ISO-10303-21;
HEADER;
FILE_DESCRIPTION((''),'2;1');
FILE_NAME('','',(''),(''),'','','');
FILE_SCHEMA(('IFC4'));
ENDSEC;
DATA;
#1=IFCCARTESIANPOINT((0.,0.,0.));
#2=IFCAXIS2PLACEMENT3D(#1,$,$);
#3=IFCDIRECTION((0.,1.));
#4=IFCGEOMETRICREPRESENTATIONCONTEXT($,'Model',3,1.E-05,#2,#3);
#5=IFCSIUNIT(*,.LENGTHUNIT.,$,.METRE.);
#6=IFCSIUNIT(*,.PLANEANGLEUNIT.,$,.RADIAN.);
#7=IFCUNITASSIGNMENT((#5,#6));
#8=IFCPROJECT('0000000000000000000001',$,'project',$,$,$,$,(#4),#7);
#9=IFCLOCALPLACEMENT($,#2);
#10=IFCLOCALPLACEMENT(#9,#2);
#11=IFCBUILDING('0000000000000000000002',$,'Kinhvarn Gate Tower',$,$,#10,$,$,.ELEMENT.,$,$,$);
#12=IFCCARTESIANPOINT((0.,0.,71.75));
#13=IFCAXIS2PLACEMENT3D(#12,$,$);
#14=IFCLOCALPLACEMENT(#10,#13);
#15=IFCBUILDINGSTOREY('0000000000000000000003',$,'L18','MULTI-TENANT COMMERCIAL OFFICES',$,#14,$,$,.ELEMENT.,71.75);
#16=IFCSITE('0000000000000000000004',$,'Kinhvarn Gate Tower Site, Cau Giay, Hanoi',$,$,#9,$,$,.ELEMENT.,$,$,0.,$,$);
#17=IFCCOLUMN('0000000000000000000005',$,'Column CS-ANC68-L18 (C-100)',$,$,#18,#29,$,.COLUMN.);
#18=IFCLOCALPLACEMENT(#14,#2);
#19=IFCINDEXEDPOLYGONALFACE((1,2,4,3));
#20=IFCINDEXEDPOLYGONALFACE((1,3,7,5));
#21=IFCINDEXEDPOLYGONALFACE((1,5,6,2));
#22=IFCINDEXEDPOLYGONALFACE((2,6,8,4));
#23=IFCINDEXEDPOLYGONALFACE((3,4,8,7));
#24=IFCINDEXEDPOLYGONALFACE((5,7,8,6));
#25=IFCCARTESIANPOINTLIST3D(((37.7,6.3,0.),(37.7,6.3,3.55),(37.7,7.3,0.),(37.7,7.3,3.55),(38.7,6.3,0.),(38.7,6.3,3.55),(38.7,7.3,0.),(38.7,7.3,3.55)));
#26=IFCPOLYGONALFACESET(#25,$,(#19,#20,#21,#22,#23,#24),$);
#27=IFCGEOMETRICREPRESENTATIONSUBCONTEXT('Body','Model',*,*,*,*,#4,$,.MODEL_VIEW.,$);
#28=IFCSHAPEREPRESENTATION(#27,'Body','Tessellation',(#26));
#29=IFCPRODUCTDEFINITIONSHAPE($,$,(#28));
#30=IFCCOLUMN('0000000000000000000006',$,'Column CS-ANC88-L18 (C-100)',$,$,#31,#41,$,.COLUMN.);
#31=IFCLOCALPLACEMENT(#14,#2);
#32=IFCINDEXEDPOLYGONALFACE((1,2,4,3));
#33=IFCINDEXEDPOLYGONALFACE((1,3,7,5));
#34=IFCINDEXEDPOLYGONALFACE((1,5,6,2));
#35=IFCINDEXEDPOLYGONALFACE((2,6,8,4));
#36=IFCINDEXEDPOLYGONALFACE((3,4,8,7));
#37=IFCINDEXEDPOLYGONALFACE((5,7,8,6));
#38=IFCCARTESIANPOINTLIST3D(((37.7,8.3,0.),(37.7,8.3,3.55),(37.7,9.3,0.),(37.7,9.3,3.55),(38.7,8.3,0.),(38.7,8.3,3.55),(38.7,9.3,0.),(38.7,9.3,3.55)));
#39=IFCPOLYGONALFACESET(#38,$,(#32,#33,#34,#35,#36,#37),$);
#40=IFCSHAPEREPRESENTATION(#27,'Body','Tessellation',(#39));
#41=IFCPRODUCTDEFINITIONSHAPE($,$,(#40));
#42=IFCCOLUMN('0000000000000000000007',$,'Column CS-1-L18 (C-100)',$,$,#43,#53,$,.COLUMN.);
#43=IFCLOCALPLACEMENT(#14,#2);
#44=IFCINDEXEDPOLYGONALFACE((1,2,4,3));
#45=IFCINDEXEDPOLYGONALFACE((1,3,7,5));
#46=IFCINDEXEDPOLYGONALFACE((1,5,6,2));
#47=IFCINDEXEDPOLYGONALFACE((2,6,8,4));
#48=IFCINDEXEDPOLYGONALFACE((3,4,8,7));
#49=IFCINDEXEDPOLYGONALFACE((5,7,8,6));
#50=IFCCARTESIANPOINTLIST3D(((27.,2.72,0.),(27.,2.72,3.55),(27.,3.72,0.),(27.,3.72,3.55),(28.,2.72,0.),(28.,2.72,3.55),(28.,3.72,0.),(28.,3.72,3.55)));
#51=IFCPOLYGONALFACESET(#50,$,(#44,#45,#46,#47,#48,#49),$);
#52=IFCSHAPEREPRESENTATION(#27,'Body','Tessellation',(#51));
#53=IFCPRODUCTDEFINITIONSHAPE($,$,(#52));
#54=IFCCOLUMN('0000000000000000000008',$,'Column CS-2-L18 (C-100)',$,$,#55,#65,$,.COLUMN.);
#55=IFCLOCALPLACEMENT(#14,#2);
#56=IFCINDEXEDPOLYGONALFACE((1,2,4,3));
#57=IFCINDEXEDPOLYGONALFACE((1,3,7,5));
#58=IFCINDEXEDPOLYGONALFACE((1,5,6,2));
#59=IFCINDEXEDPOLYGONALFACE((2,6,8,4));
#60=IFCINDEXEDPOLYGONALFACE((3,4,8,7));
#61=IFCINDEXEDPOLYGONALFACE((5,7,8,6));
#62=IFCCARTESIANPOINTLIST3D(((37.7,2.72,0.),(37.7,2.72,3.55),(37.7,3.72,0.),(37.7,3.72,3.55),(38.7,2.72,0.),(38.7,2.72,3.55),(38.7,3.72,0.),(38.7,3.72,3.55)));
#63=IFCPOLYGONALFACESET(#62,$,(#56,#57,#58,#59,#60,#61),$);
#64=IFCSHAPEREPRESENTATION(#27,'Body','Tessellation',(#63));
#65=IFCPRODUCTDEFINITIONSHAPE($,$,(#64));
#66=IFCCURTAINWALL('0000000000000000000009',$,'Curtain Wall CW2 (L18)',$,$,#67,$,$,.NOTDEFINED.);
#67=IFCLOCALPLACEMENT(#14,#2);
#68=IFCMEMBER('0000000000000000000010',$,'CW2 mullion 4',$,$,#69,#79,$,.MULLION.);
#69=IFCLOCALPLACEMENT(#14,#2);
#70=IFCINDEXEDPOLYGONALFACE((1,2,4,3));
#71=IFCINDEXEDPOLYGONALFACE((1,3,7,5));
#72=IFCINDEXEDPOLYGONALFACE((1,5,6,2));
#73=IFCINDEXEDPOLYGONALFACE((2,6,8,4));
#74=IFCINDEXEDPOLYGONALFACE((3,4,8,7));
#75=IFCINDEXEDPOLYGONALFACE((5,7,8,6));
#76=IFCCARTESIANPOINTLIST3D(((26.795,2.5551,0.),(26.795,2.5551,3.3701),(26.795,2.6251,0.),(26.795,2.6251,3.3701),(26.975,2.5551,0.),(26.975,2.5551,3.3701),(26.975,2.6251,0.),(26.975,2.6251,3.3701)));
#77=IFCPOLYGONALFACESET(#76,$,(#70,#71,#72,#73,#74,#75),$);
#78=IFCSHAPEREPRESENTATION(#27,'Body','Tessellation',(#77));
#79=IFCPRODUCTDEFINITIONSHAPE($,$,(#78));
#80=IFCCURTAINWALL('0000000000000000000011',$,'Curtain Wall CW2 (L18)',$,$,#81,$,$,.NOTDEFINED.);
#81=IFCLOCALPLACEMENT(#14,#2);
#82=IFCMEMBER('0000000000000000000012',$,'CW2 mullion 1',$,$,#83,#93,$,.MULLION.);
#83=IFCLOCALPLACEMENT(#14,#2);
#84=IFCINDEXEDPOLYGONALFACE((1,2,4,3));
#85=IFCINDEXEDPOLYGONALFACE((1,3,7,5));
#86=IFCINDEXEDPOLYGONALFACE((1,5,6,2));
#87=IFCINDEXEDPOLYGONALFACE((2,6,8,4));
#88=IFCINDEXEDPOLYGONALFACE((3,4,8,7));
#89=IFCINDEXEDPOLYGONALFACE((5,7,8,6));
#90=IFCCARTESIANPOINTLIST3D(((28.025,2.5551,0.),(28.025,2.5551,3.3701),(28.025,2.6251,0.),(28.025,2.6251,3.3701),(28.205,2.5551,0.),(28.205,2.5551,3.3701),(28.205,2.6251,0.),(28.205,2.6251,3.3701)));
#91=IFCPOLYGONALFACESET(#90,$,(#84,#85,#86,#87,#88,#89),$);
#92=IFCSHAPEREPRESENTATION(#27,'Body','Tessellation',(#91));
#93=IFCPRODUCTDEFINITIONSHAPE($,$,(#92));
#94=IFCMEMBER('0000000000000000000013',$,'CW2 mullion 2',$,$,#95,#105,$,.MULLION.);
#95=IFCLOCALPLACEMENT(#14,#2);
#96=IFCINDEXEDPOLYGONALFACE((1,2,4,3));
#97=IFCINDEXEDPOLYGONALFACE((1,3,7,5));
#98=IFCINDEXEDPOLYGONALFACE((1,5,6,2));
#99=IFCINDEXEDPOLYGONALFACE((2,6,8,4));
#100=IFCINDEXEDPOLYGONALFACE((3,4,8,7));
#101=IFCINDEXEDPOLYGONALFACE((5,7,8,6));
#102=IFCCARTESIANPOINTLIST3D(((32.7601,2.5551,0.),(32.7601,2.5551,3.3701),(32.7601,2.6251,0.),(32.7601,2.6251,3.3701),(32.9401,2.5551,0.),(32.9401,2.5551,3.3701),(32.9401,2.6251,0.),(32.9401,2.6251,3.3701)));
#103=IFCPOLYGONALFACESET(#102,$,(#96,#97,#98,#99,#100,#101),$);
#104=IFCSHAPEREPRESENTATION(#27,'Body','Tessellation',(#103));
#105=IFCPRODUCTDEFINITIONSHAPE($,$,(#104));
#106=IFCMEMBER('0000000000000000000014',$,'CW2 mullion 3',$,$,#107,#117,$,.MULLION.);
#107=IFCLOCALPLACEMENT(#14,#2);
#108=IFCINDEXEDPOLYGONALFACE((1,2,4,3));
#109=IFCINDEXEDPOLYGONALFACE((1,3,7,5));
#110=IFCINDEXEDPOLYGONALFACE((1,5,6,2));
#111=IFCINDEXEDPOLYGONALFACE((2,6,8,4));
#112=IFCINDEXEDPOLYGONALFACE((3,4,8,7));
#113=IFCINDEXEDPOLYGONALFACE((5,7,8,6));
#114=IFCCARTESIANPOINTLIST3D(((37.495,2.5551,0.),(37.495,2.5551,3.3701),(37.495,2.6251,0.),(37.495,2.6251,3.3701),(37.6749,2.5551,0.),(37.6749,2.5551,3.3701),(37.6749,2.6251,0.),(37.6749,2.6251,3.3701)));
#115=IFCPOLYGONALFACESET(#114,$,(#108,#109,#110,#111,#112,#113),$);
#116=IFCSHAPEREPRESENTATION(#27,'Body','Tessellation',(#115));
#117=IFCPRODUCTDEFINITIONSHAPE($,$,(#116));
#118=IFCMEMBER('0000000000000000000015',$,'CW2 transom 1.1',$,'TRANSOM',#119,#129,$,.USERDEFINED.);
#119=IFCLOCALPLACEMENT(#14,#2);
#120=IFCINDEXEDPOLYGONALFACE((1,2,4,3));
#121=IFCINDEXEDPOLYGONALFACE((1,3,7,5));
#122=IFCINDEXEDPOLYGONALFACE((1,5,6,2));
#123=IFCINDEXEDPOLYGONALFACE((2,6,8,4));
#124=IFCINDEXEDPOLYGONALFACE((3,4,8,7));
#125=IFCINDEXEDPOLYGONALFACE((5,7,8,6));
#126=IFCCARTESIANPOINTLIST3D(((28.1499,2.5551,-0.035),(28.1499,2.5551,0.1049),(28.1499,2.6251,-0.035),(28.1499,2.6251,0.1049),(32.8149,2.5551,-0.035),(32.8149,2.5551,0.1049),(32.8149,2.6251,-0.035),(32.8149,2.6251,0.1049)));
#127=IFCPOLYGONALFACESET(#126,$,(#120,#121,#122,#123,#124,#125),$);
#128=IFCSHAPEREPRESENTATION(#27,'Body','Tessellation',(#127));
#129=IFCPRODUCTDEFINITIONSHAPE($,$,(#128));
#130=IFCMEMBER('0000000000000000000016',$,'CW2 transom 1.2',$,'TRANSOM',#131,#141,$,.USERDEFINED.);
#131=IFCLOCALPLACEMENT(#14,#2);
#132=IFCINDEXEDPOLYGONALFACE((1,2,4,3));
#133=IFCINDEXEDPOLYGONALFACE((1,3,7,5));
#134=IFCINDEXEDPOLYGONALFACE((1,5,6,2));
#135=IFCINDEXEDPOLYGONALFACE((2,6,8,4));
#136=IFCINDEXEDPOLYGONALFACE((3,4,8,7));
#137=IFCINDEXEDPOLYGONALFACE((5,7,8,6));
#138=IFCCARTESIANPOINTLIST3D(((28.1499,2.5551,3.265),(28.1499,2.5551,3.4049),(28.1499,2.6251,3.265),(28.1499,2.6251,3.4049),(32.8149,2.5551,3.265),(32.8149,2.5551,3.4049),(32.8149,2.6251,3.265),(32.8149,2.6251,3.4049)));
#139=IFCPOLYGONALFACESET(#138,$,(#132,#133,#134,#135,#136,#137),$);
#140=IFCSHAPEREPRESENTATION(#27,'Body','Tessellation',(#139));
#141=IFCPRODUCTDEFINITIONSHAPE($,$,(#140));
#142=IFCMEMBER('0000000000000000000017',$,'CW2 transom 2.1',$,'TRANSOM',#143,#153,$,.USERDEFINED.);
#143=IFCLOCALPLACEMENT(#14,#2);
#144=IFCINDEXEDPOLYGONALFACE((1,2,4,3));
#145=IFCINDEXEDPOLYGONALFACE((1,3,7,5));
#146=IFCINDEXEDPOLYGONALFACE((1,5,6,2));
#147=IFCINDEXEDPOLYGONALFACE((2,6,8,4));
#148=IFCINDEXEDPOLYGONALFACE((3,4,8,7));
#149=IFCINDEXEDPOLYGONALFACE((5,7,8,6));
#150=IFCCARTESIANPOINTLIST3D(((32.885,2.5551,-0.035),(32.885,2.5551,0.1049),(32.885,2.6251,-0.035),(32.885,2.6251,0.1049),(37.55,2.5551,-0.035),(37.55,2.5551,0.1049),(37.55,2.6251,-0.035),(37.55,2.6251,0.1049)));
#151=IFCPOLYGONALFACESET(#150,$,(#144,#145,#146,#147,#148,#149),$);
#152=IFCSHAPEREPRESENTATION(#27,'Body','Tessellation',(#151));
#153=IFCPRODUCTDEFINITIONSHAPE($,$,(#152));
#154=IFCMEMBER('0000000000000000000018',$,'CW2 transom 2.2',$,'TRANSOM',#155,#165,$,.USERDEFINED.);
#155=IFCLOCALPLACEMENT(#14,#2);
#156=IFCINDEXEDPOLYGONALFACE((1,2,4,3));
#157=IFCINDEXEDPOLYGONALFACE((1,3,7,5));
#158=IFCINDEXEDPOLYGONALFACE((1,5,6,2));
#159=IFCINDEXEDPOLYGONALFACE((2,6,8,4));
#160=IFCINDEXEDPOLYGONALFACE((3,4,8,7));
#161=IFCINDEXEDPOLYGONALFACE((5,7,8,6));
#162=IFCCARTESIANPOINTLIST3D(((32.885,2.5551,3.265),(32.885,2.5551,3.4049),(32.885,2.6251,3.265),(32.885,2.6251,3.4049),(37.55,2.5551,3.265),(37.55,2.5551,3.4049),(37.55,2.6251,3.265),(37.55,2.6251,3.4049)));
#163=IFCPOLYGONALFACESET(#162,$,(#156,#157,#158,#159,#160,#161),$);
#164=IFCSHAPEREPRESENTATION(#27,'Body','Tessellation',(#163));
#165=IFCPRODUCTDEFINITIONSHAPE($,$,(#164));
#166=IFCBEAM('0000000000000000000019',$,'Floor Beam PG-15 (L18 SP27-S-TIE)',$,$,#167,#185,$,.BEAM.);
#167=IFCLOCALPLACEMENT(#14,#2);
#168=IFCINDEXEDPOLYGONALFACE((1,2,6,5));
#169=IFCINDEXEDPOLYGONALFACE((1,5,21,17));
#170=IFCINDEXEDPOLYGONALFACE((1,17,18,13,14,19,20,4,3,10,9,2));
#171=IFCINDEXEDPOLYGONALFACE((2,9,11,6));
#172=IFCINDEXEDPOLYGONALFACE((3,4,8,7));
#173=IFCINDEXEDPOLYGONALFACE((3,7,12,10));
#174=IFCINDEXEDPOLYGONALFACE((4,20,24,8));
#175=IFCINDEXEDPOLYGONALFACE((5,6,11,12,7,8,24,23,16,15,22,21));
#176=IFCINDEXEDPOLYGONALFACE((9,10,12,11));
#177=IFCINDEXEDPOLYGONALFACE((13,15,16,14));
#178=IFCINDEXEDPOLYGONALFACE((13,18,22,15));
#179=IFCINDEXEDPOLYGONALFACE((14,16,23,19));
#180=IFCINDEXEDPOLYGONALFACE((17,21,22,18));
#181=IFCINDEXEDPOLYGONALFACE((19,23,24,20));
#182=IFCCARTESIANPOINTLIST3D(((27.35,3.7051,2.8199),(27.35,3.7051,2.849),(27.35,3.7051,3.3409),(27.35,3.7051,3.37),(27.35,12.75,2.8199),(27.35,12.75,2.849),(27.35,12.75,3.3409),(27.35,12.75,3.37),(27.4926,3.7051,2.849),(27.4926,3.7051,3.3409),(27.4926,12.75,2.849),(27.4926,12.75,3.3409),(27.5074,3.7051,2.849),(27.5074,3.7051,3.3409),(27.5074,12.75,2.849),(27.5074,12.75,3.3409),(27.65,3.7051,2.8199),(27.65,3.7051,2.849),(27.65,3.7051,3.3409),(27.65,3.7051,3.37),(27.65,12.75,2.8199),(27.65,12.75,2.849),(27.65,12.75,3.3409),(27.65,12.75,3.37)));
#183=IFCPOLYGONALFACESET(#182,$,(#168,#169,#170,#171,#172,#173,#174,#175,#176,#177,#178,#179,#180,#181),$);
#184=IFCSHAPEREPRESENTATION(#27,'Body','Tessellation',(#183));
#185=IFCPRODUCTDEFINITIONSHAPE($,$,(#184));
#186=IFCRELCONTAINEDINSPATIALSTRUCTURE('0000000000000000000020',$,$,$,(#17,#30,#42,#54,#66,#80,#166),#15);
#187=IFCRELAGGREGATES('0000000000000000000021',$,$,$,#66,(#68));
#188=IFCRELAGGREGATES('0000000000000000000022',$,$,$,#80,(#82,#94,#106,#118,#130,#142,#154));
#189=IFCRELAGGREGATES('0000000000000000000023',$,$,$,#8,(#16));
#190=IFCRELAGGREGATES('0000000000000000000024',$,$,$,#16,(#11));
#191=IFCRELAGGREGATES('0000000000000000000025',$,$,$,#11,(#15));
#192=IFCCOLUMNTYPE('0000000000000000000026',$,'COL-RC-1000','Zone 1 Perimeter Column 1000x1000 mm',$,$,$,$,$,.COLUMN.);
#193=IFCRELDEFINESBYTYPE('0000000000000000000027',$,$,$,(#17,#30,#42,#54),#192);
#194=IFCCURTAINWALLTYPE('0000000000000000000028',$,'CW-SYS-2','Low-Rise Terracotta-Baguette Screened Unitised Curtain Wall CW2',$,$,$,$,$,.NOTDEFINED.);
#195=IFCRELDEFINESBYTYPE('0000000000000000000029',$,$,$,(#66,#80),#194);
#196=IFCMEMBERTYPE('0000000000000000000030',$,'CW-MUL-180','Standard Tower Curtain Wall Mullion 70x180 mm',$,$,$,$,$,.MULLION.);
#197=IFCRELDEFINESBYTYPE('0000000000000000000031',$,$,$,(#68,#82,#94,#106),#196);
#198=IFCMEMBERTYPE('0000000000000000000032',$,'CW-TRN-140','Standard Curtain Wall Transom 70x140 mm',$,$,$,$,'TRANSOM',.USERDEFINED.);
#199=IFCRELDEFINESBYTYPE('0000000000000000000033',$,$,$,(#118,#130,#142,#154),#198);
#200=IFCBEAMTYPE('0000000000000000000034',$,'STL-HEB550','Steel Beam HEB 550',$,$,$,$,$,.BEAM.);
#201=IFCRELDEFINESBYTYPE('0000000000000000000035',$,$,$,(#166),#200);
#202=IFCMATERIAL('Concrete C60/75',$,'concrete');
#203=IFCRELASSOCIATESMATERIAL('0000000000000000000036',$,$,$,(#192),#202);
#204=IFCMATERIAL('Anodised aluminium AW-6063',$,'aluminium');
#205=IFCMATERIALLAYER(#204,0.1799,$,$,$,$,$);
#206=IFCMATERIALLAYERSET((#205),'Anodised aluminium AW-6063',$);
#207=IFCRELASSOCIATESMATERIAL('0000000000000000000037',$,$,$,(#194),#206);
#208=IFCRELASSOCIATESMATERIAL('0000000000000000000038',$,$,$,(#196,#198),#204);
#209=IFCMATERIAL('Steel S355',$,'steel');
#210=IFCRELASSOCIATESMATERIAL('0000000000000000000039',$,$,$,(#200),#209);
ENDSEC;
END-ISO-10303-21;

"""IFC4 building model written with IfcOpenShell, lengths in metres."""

from ifc_helpers import new_model, si_unit, direction, frame, origin, origin_2d, place, context, subcontext, project, spatial, rectangle, i_section, extrude, material, layer, layer_set, material_profile, profile_set, type_object, element, aggregate, save


model = new_model("IFC4")

# Units and contexts
model_context = context("Model", 3, precision=1e-05, world=origin(), true_north=direction((0.0, 1.0)))
body_context = subcontext(model_context, "Body", "Model", "MODEL_VIEW")
ifc_project = project(units=[si_unit("LENGTHUNIT", "METRE"), si_unit("PLANEANGLEUNIT", "RADIAN")], contexts=[model_context])

# Site, building, storey
site_placement = place(None, origin())
site = spatial("IfcSite", under=ifc_project, at=site_placement, Name="Kinhvarn Gate Tower Site, Cau Giay, Hanoi", CompositionType="ELEMENT", RefElevation=0.0)
building_placement = place(site_placement, origin())
building = spatial("IfcBuilding", under=site, at=building_placement, Name="Kinhvarn Gate Tower", CompositionType="ELEMENT")
storey_placement = place(building_placement, frame((0.0, 0.0, 71.75)))
storey = spatial("IfcBuildingStorey", under=building, at=storey_placement, Name="L18", Description="MULTI-TENANT COMMERCIAL OFFICES", CompositionType="ELEMENT", Elevation=71.75)

# Columns
ifc_material_1 = material(Name="Concrete C60/75", Category="concrete")
ifc_material_profile_1 = material_profile(ifc_material_1, rectangle(XDim=1.0, YDim=1.0, at=origin_2d()), Name="RC 1000x1000")
ifc_profile_set_1 = profile_set([ifc_material_profile_1], Name="Concrete C60/75")
column_type = type_object("IfcColumnType", Name="COL-RC-1000", Description="Zone 1 Perimeter Column 1000x1000 mm", PredefinedType="COLUMN", material=ifc_profile_set_1)
for number, where, z_axis, x_axis, name in (
    (1, (38.2, 6.8, 0.0), (0.0, 0.0, 1.0), (1.0, 0.0, 0.0), "Column CS-ANC68-L18 (C-100)"),
    (2, (38.2, 8.8, 0.0), (0.0, 0.0, 1.0), (1.0, 0.0, 0.0), "Column CS-ANC88-L18 (C-100)"),
    (3, (27.5, 3.22, 0.0), (0.0, 0.0, 1.0), (1.0, 0.0, 0.0), "Column CS-1-L18 (C-100)"),
    (4, (38.2, 3.22, 0.0), (0.0, 0.0, 1.0), (1.0, 0.0, 0.0), "Column CS-2-L18 (C-100)"),
):
    element("IfcColumn", number, at=place(storey_placement, frame(where, z_axis=z_axis, x_axis=x_axis)), inside=storey, type_object=column_type, Name=name, PredefinedType="COLUMN", context=body_context, shape_type="SweptSolid", body=[
        extrude(rectangle(XDim=1.0, YDim=1.0, at=origin_2d()), origin(), (0.0, 0.0, 1.0), 3.55),
    ])

# Curtain wall, member
ifc_material_2 = material(Name="Anodised aluminium AW-6063", Category="aluminium")
ifc_layer_1 = layer(ifc_material_2, 0.1799)
ifc_layer_set_1 = layer_set([ifc_layer_1], Name="Anodised aluminium AW-6063")
curtain_wall_type = type_object("IfcCurtainWallType", Name="CW-SYS-2", Description="Low-Rise Terracotta-Baguette Screened Unitised Curtain Wall CW2", PredefinedType="NOTDEFINED", material=ifc_layer_set_1)
curtain_wall_1_placement = place(storey_placement, origin())
curtain_wall_1 = element("IfcCurtainWall", 5, at=curtain_wall_1_placement, inside=storey, type_object=curtain_wall_type, Name="Curtain Wall CW2 (L18)", PredefinedType="NOTDEFINED")
ifc_material_profile_2 = material_profile(ifc_material_2, rectangle(XDim=0.0701, YDim=0.1799, at=origin_2d()), Name="ALU 70x180")
ifc_profile_set_2 = profile_set([ifc_material_profile_2], Name="Anodised aluminium AW-6063")
member_type_1 = type_object("IfcMemberType", Name="CW-MUL-180", Description="Standard Tower Curtain Wall Mullion 70x180 mm", PredefinedType="MULLION", material=ifc_profile_set_2)
member_1_placement = place(storey_placement, frame((26.885, 2.5901, 0.0), z_axis=(0.0, 0.0, 1.0), x_axis=(0.0, 1.0, 0.0)))
member_1 = element("IfcMember", 6, at=member_1_placement, type_object=member_type_1, Name="CW2 mullion 4", PredefinedType="MULLION", context=body_context, shape_type="SweptSolid", body=[
    extrude(rectangle(XDim=0.0701, YDim=0.1799, at=origin_2d()), origin(), (0.0, 0.0, 1.0), 3.3701),
])
aggregate(curtain_wall_1, [member_1])

# Curtain wall, members
curtain_wall_2_placement = place(storey_placement, origin())
curtain_wall_2 = element("IfcCurtainWall", 7, at=curtain_wall_2_placement, inside=storey, type_object=curtain_wall_type, Name="Curtain Wall CW2 (L18)", PredefinedType="NOTDEFINED")
member_2_placement = place(storey_placement, frame((28.115, 2.5901, 0.0), z_axis=(0.0, 0.0, 1.0), x_axis=(0.0, 1.0, 0.0)))
member_2 = element("IfcMember", 8, at=member_2_placement, type_object=member_type_1, Name="CW2 mullion 1", PredefinedType="MULLION", context=body_context, shape_type="SweptSolid", body=[
    extrude(rectangle(XDim=0.0701, YDim=0.1799, at=origin_2d()), origin(), (0.0, 0.0, 1.0), 3.3701),
])
member_3_placement = place(storey_placement, frame((32.8501, 2.5901, 0.0), z_axis=(0.0, 0.0, 1.0), x_axis=(0.0, 1.0, 0.0)))
member_3 = element("IfcMember", 9, at=member_3_placement, type_object=member_type_1, Name="CW2 mullion 2", PredefinedType="MULLION", context=body_context, shape_type="SweptSolid", body=[
    extrude(rectangle(XDim=0.0701, YDim=0.1799, at=origin_2d()), origin(), (0.0, 0.0, 1.0), 3.3701),
])
member_4_placement = place(storey_placement, frame((37.585, 2.5901, 0.0), z_axis=(0.0, 0.0, 1.0), x_axis=(0.0, 1.0, 0.0)))
member_4 = element("IfcMember", 10, at=member_4_placement, type_object=member_type_1, Name="CW2 mullion 3", PredefinedType="MULLION", context=body_context, shape_type="SweptSolid", body=[
    extrude(rectangle(XDim=0.0701, YDim=0.1799, at=origin_2d()), origin(), (0.0, 0.0, 1.0), 3.3701),
])
ifc_material_profile_3 = material_profile(ifc_material_2, rectangle(XDim=0.0701, YDim=0.1399, at=origin_2d()), Name="ALU 70x140")
ifc_profile_set_3 = profile_set([ifc_material_profile_3], Name="Anodised aluminium AW-6063")
member_type_2 = type_object("IfcMemberType", Name="CW-TRN-140", Description="Standard Curtain Wall Transom 70x140 mm", ElementType="TRANSOM", PredefinedType="USERDEFINED", material=ifc_profile_set_3)
member_5_placement = place(storey_placement, frame((28.1499, 2.5901, 0.0349), z_axis=(1.0, 0.0, 0.0), x_axis=(0.0, 1.0, 0.0)))
member_5 = element("IfcMember", 11, at=member_5_placement, type_object=member_type_2, Name="CW2 transom 1.1", ObjectType="TRANSOM", PredefinedType="USERDEFINED", context=body_context, shape_type="SweptSolid", body=[
    extrude(rectangle(XDim=0.0701, YDim=0.1399, at=origin_2d()), origin(), (0.0, 0.0, 1.0), 4.665),
])
member_6_placement = place(storey_placement, frame((28.1499, 2.5901, 3.335), z_axis=(1.0, 0.0, 0.0), x_axis=(0.0, 1.0, 0.0)))
member_6 = element("IfcMember", 12, at=member_6_placement, type_object=member_type_2, Name="CW2 transom 1.2", ObjectType="TRANSOM", PredefinedType="USERDEFINED", context=body_context, shape_type="SweptSolid", body=[
    extrude(rectangle(XDim=0.0701, YDim=0.1399, at=origin_2d()), origin(), (0.0, 0.0, 1.0), 4.665),
])
member_7_placement = place(storey_placement, frame((32.885, 2.5901, 0.0349), z_axis=(1.0, 0.0, 0.0), x_axis=(0.0, 1.0, 0.0)))
member_7 = element("IfcMember", 13, at=member_7_placement, type_object=member_type_2, Name="CW2 transom 2.1", ObjectType="TRANSOM", PredefinedType="USERDEFINED", context=body_context, shape_type="SweptSolid", body=[
    extrude(rectangle(XDim=0.0701, YDim=0.1399, at=origin_2d()), origin(), (0.0, 0.0, 1.0), 4.665),
])
member_8_placement = place(storey_placement, frame((32.885, 2.5901, 3.335), z_axis=(1.0, 0.0, 0.0), x_axis=(0.0, 1.0, 0.0)))
member_8 = element("IfcMember", 14, at=member_8_placement, type_object=member_type_2, Name="CW2 transom 2.2", ObjectType="TRANSOM", PredefinedType="USERDEFINED", context=body_context, shape_type="SweptSolid", body=[
    extrude(rectangle(XDim=0.0701, YDim=0.1399, at=origin_2d()), origin(), (0.0, 0.0, 1.0), 4.665),
])

# Beam
ifc_material_3 = material(Name="Steel S355", Category="steel")
ifc_material_profile_4 = material_profile(ifc_material_3, i_section(OverallWidth=0.3, OverallDepth=0.55, WebThickness=0.0149, FlangeThickness=0.0291, at=origin_2d()), Name="HEB 550")
ifc_profile_set_4 = profile_set([ifc_material_profile_4], Name="Steel S355")
beam_type_1 = type_object("IfcBeamType", Name="STL-HEB550", Description="Steel Beam HEB 550", PredefinedType="BEAM", material=ifc_profile_set_4)
beam_1_placement = place(storey_placement, frame((27.5, 3.7051, 3.095), z_axis=(0.0, 1.0, 0.0), x_axis=(-1.0, 0.0, 0.0)))
element("IfcBeam", 15, at=beam_1_placement, inside=storey, type_object=beam_type_1, Name="Floor Beam PG-15 (L18 SP27-S-TIE)", PredefinedType="BEAM", context=body_context, shape_type="SweptSolid", body=[
    extrude(i_section(OverallWidth=0.3, OverallDepth=0.55, WebThickness=0.0149, FlangeThickness=0.0291, at=origin_2d()), origin(), (0.0, 0.0, 1.0), 9.0449),
])

aggregate(curtain_wall_2, [member_2, member_3, member_4, member_5, member_6, member_7, member_8])

save(model, "model.ifc")
